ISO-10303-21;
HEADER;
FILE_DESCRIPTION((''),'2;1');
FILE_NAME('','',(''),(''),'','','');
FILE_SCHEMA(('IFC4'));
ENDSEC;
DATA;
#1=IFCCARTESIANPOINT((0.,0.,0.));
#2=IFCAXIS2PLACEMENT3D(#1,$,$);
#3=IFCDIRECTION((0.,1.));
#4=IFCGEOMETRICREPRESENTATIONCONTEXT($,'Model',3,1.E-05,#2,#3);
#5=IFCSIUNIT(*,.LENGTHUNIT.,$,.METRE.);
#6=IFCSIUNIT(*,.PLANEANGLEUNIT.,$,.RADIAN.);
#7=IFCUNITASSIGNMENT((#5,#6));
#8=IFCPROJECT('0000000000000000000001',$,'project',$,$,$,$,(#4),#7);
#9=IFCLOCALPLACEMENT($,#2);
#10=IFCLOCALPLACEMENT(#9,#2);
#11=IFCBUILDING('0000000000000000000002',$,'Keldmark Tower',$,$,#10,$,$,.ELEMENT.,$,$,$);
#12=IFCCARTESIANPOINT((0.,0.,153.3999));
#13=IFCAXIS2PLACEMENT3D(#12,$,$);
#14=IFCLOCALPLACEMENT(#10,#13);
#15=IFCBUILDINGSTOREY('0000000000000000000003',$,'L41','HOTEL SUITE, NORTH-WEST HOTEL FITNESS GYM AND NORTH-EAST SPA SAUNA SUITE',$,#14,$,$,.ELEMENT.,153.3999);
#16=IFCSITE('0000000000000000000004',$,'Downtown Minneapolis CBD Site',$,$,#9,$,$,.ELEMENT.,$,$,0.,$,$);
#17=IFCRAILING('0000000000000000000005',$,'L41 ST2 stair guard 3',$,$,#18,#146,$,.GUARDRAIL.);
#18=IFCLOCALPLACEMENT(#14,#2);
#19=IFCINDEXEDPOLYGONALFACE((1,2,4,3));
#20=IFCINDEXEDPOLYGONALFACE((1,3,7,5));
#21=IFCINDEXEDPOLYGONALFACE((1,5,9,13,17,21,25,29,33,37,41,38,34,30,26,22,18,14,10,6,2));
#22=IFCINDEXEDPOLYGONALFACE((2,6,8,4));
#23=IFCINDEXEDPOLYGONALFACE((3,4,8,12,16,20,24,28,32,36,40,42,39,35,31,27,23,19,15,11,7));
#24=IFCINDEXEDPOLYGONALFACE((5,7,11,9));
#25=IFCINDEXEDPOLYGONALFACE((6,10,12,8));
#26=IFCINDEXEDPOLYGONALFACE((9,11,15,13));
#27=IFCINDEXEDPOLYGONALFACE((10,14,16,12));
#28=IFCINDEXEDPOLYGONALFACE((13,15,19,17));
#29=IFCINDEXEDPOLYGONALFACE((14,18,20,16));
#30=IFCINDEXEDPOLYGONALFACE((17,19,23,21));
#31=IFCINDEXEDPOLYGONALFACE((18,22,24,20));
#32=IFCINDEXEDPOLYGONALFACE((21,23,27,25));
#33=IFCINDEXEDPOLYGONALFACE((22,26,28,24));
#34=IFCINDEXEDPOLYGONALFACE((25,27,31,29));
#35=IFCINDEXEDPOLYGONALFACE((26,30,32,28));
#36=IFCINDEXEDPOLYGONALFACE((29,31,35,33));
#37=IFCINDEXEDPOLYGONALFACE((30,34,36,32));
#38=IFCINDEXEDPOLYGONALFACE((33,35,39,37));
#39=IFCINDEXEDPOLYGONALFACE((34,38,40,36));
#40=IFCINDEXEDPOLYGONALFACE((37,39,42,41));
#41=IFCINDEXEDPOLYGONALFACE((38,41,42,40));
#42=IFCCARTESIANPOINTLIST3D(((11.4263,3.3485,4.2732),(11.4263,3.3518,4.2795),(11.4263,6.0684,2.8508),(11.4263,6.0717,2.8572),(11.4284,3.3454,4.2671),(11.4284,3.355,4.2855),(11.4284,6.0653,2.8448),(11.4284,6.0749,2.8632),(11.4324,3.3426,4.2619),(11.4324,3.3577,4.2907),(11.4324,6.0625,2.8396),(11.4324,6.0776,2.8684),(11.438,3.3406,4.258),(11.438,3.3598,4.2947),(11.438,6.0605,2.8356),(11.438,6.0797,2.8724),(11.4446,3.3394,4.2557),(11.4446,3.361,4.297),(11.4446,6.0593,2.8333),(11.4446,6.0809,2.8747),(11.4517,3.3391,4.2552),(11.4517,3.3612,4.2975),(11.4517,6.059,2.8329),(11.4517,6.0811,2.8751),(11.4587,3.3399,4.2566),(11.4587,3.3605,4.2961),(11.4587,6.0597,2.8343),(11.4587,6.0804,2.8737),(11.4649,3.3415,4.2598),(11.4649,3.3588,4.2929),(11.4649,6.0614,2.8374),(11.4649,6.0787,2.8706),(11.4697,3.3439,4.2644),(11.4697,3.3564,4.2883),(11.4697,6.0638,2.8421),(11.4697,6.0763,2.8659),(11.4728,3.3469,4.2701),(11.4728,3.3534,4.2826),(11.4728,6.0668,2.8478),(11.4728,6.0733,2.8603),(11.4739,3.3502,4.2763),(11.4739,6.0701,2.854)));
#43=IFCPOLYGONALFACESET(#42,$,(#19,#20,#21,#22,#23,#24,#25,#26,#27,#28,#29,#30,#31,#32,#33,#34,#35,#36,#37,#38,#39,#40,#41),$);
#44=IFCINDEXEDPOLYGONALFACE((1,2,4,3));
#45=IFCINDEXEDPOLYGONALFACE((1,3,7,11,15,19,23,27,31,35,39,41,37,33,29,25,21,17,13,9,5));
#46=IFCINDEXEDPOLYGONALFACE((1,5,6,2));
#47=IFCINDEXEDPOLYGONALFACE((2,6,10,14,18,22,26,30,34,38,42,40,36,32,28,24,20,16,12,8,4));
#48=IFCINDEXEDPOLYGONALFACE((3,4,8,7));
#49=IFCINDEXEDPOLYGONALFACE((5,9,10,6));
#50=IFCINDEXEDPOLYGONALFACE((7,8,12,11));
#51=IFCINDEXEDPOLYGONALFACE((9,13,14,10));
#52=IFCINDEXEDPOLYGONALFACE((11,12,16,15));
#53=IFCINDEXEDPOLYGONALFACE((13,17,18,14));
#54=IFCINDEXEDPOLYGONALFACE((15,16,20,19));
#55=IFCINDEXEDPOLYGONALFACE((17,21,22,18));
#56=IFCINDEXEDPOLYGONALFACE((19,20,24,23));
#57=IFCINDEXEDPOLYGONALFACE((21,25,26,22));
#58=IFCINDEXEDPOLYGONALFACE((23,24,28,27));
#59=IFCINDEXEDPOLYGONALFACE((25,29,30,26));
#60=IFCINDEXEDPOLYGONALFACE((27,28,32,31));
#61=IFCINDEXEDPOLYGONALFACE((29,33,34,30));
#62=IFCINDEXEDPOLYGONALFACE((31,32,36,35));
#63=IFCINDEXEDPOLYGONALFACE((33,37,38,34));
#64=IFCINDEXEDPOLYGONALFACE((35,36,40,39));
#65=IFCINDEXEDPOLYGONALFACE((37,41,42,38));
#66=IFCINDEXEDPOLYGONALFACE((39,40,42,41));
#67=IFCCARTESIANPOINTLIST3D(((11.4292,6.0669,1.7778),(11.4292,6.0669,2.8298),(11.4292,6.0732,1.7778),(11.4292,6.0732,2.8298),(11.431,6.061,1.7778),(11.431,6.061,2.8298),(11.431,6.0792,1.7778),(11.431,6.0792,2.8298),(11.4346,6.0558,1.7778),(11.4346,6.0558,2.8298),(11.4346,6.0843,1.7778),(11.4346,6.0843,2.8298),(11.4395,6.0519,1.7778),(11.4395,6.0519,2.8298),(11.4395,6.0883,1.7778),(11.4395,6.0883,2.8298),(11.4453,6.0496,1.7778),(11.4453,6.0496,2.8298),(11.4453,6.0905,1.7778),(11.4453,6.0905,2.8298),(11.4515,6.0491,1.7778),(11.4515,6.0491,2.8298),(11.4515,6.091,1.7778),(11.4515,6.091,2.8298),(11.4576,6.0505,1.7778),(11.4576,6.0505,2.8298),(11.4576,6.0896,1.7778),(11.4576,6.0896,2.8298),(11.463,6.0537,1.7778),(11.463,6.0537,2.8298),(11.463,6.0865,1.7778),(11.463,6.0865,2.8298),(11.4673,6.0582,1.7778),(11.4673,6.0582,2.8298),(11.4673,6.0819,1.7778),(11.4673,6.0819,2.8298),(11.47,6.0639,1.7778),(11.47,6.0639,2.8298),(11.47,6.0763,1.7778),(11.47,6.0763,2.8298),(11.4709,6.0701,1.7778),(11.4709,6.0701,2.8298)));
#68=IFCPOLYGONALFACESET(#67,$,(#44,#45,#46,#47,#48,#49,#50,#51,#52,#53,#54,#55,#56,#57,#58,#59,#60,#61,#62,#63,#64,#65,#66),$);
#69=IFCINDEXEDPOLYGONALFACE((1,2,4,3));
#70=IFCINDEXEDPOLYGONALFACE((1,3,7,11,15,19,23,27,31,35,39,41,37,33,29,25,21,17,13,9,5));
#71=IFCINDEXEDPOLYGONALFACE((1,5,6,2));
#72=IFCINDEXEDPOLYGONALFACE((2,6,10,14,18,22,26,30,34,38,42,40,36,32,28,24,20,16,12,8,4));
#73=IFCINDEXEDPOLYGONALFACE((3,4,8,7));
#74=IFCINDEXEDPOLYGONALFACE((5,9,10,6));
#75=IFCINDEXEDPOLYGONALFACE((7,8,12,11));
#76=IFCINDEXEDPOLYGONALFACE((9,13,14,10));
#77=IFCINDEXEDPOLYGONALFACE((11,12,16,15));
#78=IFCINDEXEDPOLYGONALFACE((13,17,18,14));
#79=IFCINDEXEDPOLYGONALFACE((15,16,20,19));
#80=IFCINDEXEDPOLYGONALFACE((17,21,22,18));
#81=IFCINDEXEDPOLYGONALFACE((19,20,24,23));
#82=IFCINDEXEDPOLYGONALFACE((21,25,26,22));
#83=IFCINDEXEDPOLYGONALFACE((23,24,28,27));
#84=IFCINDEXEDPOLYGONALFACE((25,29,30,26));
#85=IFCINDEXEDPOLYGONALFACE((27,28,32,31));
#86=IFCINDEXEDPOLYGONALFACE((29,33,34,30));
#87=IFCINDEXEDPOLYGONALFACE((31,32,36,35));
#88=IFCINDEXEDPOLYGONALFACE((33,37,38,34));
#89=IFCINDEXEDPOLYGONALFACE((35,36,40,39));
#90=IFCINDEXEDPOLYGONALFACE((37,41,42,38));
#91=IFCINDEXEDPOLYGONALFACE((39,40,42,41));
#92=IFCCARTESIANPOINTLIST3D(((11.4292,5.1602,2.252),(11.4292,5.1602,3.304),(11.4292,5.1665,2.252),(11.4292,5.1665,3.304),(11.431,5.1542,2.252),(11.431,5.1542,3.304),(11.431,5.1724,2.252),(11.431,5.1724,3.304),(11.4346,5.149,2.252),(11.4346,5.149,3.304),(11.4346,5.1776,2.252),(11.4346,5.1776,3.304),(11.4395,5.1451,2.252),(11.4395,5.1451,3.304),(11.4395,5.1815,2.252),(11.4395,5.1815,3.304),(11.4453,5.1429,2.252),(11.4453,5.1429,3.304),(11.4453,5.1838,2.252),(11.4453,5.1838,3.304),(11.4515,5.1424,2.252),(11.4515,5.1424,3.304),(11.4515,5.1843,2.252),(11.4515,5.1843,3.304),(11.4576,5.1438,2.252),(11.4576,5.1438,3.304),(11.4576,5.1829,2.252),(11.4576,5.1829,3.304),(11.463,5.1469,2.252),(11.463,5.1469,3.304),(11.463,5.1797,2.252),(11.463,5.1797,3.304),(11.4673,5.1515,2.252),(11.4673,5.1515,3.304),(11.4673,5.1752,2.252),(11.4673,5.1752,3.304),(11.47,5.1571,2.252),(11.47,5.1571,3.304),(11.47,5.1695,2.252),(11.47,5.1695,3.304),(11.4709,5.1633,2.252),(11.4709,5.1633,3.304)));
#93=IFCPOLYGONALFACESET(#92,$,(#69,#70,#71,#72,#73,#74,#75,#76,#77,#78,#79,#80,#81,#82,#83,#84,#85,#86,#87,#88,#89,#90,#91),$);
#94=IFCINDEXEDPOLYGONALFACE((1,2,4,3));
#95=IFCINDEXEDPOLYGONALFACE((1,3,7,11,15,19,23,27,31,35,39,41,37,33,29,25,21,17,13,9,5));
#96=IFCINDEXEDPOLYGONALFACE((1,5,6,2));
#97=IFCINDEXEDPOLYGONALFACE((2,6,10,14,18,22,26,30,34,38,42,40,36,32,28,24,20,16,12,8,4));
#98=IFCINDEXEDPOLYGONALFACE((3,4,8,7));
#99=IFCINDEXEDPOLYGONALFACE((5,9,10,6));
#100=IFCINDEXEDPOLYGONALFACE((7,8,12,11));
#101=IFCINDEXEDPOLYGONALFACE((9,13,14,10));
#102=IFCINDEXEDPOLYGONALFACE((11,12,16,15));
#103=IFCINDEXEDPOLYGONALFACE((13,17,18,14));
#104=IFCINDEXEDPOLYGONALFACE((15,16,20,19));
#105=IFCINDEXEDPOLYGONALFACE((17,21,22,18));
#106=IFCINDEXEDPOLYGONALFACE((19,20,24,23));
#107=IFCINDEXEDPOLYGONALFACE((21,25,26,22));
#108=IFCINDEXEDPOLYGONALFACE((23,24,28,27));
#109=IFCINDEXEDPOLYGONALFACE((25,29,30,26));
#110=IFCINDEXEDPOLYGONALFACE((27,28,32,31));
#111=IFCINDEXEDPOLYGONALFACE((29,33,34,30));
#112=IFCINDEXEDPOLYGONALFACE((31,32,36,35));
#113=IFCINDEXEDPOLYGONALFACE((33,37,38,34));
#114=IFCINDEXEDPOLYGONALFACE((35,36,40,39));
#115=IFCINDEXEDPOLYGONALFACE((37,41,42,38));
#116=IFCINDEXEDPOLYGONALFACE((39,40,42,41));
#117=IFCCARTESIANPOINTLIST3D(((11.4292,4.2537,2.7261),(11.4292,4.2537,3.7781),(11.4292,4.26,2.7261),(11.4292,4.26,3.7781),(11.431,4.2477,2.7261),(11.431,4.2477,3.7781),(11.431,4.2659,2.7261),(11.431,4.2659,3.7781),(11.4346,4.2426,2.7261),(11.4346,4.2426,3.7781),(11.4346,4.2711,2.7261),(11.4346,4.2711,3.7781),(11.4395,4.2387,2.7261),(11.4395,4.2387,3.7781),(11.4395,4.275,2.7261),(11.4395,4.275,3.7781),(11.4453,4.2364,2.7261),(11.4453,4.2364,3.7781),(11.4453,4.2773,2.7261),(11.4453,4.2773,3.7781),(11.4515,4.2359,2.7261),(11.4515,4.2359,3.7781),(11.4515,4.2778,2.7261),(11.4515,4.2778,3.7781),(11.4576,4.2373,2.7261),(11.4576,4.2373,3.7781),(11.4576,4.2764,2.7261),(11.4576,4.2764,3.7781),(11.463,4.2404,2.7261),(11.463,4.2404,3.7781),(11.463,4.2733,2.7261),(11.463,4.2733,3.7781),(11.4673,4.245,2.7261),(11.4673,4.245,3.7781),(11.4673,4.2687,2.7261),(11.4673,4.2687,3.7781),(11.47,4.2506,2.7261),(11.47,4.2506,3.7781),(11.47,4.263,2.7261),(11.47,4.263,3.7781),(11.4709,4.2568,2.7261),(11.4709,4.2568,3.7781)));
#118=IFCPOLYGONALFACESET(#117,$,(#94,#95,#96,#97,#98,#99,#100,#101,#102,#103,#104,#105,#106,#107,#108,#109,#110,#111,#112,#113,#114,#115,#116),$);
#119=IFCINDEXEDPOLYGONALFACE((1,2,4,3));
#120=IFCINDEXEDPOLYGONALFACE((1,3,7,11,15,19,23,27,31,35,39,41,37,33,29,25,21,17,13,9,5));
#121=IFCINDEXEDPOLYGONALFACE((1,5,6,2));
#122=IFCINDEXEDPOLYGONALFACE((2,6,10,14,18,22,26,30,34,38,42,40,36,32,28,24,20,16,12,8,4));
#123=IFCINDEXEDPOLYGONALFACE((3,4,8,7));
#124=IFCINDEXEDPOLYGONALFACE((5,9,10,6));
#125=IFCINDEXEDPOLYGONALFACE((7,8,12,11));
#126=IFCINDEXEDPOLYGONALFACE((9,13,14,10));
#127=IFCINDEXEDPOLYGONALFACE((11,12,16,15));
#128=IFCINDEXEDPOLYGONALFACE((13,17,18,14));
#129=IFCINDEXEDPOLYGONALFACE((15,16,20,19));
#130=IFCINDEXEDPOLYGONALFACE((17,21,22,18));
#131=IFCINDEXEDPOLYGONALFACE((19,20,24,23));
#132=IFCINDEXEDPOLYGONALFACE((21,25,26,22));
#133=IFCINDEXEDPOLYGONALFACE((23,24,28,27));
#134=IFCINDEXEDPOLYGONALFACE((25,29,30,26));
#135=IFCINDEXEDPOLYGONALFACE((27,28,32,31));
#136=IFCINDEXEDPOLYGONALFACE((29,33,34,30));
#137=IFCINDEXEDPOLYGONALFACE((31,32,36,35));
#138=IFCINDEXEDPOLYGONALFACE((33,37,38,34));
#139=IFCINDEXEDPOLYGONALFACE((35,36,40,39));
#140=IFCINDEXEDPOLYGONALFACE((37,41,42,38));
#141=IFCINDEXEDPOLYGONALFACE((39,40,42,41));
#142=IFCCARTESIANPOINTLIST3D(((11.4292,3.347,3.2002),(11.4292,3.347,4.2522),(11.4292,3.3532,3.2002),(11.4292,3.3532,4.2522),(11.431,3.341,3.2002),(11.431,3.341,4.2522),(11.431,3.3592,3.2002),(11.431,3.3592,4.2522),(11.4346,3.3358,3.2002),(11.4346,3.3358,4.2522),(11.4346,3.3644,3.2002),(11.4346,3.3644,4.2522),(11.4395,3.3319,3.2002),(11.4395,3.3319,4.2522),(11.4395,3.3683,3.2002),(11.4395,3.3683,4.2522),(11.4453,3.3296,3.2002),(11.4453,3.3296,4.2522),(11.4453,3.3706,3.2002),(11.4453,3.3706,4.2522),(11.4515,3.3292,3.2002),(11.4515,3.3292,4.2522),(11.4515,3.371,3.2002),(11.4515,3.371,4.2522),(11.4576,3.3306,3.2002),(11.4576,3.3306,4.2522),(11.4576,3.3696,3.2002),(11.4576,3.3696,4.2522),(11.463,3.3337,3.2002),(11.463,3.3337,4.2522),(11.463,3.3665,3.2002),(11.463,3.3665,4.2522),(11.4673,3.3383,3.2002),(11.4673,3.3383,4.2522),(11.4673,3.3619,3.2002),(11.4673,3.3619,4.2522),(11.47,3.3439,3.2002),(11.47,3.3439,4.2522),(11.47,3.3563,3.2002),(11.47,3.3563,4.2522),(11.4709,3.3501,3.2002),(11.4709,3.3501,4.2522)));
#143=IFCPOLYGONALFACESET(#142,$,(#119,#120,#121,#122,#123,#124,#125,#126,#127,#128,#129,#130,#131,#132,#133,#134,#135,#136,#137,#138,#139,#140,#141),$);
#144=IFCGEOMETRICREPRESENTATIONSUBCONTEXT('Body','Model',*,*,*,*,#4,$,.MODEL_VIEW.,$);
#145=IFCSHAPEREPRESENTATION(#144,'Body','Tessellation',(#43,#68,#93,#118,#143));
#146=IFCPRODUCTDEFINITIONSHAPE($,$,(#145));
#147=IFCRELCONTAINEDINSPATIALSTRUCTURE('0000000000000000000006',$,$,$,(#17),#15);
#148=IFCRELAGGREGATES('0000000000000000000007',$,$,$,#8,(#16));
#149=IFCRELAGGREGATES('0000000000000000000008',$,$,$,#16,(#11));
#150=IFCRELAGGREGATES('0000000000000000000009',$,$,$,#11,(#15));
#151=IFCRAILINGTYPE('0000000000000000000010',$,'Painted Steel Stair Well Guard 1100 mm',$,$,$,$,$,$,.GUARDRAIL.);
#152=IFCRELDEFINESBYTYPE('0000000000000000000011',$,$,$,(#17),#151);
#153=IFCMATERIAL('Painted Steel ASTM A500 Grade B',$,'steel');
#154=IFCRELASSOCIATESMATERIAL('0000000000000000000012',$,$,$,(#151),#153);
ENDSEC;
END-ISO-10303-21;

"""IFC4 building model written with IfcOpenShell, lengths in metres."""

from ifc_helpers import new_model, si_unit, direction, frame, origin, origin_2d, place, context, subcontext, project, spatial, circle, extrude, material, type_object, element, save


model = new_model("IFC4")

# Units and contexts
model_context = context("Model", 3, precision=1e-05, world=origin(), true_north=direction((0.0, 1.0)))
body_context = subcontext(model_context, "Body", "Model", "MODEL_VIEW")
ifc_project = project(units=[si_unit("LENGTHUNIT", "METRE"), si_unit("PLANEANGLEUNIT", "RADIAN")], contexts=[model_context])

# Site, building, storey
site_placement = place(None, origin())
site = spatial("IfcSite", under=ifc_project, at=site_placement, Name="Downtown Minneapolis CBD Site", CompositionType="ELEMENT", RefElevation=0.0)
building_placement = place(site_placement, origin())
building = spatial("IfcBuilding", under=site, at=building_placement, Name="Keldmark Tower", CompositionType="ELEMENT")
storey_placement = place(building_placement, frame((0.0, 0.0, 153.3999)))
storey = spatial("IfcBuildingStorey", under=building, at=storey_placement, Name="L41", Description="HOTEL SUITE, NORTH-WEST HOTEL FITNESS GYM AND NORTH-EAST SPA SAUNA SUITE", CompositionType="ELEMENT", Elevation=153.3999)

# Railing
ifc_material_1 = material(Name="Painted Steel ASTM A500 Grade B", Category="steel")
railing_type_1 = type_object("IfcRailingType", Name="Painted Steel Stair Well Guard 1100 mm", PredefinedType="GUARDRAIL", material=ifc_material_1)
railing_1_placement = place(storey_placement, frame((11.45, 6.0701, 1.7778)))
element("IfcRailing", 1, at=railing_1_placement, inside=storey, type_object=railing_type_1, Name="L41 ST2 stair guard 3", PredefinedType="GUARDRAIL", context=body_context, shape_type="SweptSolid", body=[
    extrude(circle(Radius=0.0239, at=origin_2d()), frame((0.0, 0.0, 1.0762), z_axis=(0.0, -0.88615, 0.463398), x_axis=(1.0, 0.0, 0.0)), (0.0, 0.0, 1.0), 3.0693),
    extrude(circle(Radius=0.021, at=origin_2d()), origin(), (0.0, 0.0, 1.0), 1.052),
    extrude(circle(Radius=0.021, at=origin_2d()), frame((0.0, -0.9067, 0.4741)), (0.0, 0.0, 1.0), 1.052),
    extrude(circle(Radius=0.021, at=origin_2d()), frame((0.0, -1.8132, 0.9482)), (0.0, 0.0, 1.0), 1.052),
    extrude(circle(Radius=0.021, at=origin_2d()), frame((0.0, -2.72, 1.4224)), (0.0, 0.0, 1.0), 1.052),
])

save(model, "model.ifc")
